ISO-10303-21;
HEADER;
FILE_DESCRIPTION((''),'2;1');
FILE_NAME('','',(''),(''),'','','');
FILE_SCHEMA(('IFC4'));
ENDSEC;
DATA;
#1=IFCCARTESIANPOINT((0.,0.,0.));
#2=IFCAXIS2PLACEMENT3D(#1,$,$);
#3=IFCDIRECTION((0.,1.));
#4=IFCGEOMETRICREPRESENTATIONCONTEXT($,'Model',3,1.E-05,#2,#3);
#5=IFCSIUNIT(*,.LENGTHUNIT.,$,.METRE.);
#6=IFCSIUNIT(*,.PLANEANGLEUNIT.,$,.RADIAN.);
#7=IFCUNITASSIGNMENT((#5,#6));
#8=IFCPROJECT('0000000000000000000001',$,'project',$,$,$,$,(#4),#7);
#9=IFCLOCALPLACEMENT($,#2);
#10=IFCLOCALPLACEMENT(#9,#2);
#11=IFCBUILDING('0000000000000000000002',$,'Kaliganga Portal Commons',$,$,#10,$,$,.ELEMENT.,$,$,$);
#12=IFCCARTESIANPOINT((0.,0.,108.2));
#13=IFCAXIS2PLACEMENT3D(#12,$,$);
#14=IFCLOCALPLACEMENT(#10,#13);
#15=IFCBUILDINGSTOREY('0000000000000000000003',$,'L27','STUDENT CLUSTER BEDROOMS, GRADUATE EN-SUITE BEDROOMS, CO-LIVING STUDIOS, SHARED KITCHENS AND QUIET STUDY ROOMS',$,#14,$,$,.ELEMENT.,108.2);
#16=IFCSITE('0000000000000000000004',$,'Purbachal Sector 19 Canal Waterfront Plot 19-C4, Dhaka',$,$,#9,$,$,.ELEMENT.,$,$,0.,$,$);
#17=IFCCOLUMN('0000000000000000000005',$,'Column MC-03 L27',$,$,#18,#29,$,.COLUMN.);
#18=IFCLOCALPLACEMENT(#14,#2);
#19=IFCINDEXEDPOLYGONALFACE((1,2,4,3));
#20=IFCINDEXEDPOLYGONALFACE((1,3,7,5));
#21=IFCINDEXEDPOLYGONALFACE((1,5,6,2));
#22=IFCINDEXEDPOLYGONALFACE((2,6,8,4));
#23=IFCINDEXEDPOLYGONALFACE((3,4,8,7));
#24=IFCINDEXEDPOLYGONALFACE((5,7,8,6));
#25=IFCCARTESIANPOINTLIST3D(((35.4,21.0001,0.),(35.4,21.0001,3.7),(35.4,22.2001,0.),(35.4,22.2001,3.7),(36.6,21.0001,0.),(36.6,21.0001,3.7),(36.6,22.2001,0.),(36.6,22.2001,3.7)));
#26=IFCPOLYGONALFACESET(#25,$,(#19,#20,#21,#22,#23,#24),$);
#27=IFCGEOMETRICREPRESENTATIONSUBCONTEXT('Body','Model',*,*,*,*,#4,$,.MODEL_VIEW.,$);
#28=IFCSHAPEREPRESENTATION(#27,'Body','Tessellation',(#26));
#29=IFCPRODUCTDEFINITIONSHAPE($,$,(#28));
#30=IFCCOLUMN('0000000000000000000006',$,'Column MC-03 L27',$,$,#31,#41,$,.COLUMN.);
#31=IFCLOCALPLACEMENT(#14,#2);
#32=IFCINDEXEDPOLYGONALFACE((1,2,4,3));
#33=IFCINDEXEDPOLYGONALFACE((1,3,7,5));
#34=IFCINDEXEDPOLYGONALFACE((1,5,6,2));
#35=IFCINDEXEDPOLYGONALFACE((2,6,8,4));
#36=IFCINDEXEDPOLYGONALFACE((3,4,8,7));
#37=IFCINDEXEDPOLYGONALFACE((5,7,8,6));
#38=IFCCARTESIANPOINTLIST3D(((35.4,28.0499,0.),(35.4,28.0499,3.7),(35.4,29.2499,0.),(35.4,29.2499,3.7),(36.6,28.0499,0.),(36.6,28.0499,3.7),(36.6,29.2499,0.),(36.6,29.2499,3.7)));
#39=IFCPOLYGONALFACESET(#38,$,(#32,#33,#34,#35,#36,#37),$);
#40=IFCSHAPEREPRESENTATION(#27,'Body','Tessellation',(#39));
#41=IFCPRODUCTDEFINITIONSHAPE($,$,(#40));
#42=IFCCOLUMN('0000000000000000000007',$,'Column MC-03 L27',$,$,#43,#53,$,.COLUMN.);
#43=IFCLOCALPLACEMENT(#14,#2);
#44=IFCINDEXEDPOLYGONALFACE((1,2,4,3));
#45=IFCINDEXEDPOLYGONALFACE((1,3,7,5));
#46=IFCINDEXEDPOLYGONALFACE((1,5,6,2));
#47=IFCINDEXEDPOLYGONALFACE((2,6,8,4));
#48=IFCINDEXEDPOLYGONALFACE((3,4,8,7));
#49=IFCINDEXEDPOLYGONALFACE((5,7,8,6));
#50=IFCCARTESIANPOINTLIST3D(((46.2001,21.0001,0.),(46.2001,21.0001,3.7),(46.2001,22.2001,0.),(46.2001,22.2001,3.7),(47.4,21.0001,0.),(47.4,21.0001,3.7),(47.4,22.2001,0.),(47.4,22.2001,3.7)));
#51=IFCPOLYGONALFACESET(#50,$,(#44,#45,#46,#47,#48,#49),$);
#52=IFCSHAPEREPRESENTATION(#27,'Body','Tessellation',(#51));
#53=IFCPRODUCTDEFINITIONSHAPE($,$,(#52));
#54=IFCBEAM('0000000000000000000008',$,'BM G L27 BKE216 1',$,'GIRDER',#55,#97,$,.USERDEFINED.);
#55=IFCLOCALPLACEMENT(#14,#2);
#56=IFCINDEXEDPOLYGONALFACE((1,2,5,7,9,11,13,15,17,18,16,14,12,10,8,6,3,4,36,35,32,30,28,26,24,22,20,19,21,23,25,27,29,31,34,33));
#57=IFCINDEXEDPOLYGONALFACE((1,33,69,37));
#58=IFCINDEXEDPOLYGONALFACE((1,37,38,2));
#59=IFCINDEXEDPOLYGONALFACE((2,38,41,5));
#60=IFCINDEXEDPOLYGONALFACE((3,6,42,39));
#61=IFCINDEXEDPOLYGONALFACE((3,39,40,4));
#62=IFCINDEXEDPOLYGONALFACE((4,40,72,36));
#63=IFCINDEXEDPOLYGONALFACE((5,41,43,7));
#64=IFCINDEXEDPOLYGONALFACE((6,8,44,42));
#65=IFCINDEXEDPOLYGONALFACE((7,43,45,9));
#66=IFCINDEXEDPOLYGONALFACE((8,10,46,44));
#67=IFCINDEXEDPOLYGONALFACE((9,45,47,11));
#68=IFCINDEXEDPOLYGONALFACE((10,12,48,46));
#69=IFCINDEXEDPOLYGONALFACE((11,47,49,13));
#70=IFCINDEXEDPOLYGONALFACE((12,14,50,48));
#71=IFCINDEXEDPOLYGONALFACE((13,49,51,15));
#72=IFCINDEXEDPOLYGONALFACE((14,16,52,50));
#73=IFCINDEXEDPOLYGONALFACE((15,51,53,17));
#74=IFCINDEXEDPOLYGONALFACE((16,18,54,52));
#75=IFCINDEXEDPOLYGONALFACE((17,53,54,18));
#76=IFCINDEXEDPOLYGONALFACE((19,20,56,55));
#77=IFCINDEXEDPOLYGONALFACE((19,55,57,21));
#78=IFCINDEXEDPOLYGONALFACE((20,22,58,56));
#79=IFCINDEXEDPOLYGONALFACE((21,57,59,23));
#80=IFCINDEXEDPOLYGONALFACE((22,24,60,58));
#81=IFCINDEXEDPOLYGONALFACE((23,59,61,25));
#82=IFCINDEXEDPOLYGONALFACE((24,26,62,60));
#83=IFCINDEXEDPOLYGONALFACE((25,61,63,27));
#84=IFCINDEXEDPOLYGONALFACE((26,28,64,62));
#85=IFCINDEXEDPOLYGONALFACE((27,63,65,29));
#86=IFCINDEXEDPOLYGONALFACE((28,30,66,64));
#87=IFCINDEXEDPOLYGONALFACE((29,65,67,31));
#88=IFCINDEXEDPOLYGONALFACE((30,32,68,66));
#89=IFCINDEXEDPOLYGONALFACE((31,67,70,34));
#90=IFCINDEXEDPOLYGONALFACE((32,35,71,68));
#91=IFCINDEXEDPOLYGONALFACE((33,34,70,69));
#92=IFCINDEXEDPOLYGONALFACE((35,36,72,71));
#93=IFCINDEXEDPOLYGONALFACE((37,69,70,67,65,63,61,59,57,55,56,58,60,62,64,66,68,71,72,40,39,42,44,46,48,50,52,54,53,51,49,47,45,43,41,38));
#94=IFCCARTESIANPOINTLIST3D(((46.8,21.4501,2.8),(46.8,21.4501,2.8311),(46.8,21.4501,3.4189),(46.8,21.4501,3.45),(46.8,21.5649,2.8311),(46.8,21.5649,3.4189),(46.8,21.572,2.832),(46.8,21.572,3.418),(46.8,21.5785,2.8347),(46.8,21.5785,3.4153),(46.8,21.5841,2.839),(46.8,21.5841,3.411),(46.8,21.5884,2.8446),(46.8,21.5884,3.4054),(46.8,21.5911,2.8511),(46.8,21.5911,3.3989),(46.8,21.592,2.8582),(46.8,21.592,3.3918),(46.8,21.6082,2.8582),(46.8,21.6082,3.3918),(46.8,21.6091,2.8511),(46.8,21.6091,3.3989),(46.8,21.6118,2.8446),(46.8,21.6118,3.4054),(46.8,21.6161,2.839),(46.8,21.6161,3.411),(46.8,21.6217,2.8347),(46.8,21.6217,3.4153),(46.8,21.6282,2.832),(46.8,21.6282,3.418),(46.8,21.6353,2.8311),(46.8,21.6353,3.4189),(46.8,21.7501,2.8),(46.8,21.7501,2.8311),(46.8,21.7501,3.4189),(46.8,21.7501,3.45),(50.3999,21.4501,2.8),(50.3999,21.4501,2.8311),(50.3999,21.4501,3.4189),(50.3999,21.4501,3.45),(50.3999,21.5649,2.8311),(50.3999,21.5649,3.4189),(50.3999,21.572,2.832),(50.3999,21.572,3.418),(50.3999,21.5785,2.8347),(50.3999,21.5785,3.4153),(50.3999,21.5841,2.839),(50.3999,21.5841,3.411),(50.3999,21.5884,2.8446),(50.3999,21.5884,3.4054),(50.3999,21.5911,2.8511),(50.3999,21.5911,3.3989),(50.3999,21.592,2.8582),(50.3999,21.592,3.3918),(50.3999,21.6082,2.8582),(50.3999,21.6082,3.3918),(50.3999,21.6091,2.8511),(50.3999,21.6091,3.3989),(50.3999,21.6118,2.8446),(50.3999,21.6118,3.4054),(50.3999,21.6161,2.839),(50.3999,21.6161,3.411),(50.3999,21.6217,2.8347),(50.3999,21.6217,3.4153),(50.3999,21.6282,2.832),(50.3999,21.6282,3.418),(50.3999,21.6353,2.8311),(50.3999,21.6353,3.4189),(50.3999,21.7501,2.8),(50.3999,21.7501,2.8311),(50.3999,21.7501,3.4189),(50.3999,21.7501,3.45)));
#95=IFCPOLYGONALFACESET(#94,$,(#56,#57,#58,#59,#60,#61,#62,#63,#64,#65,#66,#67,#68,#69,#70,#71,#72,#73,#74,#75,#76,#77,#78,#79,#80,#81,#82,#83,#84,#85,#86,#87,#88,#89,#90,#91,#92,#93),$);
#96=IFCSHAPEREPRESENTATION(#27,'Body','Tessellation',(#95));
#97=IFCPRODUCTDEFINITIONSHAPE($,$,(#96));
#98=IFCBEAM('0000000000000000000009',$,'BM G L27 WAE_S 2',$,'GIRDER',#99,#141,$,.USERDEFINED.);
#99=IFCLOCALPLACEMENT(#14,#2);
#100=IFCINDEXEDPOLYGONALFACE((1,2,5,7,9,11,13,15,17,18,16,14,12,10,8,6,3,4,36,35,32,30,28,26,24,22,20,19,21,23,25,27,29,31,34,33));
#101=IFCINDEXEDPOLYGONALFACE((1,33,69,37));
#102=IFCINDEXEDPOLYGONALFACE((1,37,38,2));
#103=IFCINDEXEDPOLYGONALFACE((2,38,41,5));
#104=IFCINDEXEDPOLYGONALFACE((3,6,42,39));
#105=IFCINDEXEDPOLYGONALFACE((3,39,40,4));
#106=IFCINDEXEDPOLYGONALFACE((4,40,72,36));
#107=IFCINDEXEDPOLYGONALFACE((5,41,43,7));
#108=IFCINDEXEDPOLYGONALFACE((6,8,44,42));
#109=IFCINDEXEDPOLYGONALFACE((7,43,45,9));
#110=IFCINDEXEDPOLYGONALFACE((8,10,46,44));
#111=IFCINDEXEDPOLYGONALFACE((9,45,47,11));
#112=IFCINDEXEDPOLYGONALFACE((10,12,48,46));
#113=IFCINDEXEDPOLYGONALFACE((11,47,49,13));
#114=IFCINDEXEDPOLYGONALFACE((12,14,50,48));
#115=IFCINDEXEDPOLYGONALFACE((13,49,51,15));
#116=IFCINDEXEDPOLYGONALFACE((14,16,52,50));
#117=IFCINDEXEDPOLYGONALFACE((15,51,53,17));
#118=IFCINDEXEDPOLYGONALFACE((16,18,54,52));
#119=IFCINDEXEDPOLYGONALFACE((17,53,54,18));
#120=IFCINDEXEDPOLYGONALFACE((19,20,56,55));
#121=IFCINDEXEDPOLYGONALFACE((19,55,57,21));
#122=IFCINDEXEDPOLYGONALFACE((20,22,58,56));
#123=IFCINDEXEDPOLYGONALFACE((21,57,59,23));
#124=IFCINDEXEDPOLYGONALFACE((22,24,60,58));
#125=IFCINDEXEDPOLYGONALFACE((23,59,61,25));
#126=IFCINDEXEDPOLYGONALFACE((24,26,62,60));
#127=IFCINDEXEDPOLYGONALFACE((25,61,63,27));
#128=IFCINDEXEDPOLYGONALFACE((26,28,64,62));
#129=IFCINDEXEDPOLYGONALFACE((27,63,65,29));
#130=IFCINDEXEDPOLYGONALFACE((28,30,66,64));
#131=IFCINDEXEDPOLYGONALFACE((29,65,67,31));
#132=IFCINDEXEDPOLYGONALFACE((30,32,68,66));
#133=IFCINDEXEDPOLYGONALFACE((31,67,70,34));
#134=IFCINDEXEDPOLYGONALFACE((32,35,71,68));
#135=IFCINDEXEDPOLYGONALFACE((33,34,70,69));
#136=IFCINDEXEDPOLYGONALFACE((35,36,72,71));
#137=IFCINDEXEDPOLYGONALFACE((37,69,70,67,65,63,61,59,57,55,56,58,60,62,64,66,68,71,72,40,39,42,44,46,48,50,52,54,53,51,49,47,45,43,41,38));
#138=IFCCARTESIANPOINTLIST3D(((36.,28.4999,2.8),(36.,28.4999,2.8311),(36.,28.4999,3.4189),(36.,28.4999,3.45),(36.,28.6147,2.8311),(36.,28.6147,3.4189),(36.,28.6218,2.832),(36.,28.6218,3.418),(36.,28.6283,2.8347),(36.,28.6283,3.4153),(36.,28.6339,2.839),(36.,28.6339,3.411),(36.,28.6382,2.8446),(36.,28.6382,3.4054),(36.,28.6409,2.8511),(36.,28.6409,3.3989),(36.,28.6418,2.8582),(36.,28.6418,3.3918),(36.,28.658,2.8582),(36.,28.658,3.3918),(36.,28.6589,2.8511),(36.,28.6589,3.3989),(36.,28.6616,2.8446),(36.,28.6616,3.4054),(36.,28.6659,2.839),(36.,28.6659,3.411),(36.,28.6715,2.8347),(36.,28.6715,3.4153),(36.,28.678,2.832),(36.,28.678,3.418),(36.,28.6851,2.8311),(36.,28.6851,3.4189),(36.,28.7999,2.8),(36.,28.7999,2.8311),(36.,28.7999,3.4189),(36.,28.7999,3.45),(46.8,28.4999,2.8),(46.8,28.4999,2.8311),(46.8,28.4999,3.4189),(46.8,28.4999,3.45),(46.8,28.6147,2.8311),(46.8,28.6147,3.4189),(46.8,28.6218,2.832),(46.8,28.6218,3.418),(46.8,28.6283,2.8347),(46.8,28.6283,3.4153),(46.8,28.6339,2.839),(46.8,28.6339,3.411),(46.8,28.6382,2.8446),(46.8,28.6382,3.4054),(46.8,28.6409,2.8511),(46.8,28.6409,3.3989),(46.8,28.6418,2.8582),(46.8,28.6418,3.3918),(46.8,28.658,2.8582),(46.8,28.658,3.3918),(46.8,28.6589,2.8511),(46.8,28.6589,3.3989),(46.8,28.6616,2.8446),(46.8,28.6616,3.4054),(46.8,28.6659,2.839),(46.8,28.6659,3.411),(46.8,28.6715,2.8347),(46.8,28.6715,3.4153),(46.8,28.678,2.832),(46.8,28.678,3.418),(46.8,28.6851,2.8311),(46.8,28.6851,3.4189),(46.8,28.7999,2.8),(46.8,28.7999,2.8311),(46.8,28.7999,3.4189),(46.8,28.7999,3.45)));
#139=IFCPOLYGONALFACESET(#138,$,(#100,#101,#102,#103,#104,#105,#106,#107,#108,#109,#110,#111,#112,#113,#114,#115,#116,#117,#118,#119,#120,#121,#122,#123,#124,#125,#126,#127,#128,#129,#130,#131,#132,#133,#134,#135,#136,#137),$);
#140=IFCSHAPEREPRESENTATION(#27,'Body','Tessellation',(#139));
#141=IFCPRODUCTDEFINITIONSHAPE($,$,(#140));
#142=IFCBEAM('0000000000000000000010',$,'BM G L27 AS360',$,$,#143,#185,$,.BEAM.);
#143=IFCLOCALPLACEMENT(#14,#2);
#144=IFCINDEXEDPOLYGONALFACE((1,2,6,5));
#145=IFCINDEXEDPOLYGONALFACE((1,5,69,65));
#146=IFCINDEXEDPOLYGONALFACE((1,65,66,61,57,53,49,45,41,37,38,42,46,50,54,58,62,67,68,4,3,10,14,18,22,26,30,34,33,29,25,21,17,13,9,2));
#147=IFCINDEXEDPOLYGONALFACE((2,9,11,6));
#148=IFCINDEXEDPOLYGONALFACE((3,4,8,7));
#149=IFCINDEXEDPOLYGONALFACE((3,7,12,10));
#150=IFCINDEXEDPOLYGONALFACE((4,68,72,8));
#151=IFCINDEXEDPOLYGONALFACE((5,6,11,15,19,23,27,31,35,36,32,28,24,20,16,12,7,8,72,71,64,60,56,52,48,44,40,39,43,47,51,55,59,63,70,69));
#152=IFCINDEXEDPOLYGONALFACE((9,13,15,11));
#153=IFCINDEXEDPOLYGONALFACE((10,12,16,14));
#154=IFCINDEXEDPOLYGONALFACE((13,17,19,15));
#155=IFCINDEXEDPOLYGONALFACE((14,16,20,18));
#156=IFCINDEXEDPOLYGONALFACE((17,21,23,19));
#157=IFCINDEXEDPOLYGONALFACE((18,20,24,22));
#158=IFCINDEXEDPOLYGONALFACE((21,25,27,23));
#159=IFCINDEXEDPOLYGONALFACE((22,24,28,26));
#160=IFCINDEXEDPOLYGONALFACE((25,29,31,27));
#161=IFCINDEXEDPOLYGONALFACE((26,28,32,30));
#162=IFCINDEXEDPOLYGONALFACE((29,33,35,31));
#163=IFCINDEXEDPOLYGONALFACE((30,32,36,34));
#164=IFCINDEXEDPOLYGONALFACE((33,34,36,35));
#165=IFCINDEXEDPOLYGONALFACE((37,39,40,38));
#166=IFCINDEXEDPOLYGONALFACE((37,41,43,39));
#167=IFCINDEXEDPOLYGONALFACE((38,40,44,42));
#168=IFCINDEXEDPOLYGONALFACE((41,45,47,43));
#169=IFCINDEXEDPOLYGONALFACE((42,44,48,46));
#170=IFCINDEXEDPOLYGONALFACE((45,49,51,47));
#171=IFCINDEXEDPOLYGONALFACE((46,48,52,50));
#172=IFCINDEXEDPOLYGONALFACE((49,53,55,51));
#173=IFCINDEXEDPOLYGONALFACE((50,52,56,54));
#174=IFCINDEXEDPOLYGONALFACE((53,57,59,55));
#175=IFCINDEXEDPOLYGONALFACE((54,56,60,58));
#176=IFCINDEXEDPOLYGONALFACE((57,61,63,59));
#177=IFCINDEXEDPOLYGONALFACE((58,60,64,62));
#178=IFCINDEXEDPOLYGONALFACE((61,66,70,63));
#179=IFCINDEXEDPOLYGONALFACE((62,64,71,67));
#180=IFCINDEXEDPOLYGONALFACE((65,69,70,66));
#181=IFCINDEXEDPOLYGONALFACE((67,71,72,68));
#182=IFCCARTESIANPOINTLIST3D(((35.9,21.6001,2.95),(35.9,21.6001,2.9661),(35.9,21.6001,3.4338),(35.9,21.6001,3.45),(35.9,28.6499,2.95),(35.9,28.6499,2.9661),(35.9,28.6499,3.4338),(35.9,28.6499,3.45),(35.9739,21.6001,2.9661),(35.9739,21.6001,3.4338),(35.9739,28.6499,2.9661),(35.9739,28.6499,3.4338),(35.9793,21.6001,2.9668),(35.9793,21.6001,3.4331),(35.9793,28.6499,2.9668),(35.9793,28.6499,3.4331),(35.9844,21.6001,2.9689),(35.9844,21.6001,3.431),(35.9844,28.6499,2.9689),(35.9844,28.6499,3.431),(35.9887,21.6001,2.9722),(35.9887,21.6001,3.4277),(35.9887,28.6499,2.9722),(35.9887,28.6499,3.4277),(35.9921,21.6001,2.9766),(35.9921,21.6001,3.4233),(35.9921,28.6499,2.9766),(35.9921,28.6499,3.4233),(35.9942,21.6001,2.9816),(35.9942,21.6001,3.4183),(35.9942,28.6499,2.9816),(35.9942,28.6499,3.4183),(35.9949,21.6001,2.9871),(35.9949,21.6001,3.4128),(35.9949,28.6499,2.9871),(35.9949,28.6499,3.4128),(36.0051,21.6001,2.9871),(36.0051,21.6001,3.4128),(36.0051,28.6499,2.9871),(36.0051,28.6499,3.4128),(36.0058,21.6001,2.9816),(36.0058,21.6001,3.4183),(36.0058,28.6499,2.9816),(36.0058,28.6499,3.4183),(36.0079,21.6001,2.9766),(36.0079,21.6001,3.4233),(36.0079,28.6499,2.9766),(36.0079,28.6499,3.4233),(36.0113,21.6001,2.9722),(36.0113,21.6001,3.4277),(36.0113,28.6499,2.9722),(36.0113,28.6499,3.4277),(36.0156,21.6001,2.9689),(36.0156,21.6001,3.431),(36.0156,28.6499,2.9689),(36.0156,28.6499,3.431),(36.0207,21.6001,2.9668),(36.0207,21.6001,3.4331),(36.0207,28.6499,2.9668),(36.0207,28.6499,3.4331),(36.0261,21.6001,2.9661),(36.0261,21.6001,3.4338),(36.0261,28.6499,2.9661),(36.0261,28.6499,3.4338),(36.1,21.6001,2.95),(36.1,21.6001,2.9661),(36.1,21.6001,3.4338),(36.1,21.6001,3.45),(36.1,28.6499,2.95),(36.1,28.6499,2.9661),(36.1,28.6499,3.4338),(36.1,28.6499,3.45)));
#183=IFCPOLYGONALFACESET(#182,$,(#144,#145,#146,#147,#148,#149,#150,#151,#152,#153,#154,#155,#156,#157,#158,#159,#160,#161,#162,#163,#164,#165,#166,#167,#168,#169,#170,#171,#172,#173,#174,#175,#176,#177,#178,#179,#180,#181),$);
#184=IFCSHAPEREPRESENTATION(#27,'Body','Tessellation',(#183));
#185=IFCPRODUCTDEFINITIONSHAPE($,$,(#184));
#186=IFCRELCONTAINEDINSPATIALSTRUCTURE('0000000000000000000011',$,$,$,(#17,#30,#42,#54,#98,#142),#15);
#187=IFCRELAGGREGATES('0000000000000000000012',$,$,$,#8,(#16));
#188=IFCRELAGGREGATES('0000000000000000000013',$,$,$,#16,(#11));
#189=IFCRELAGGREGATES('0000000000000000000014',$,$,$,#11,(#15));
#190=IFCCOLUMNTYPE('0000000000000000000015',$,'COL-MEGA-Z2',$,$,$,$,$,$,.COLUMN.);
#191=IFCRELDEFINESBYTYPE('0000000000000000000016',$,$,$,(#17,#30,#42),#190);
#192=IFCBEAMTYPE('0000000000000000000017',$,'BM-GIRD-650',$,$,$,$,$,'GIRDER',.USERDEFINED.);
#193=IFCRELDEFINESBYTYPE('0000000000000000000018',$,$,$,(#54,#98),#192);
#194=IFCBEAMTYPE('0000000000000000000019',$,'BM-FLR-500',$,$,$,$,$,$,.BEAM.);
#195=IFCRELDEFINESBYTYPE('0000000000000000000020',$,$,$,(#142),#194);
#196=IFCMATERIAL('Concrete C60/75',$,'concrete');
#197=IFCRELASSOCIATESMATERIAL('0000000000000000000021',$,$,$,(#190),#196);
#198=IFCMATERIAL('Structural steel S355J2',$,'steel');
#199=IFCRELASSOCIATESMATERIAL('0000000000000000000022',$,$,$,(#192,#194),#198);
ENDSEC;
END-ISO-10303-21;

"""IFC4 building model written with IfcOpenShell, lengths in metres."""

from ifc_helpers import new_model, si_unit, direction, frame, origin, origin_2d, place, context, subcontext, project, spatial, rectangle, i_section, extrude, source, transform, mapped, material, material_profile, profile_set, type_object, element, save


model = new_model("IFC4")

# Units and contexts
model_context = context("Model", 3, precision=1e-05, world=origin(), true_north=direction((0.0, 1.0)))
body_context = subcontext(model_context, "Body", "Model", "MODEL_VIEW")
ifc_project = project(units=[si_unit("LENGTHUNIT", "METRE"), si_unit("PLANEANGLEUNIT", "RADIAN")], contexts=[model_context])

# Site, building, storey
site_placement = place(None, origin())
site = spatial("IfcSite", under=ifc_project, at=site_placement, Name="Purbachal Sector 19 Canal Waterfront Plot 19-C4, Dhaka", CompositionType="ELEMENT", RefElevation=0.0)
building_placement = place(site_placement, origin())
building = spatial("IfcBuilding", under=site, at=building_placement, Name="Kaliganga Portal Commons", CompositionType="ELEMENT")
storey_placement = place(building_placement, frame((0.0, 0.0, 108.2)))
storey = spatial("IfcBuildingStorey", under=building, at=storey_placement, Name="L27", Description="STUDENT CLUSTER BEDROOMS, GRADUATE EN-SUITE BEDROOMS, CO-LIVING STUDIOS, SHARED KITCHENS AND QUIET STUDY ROOMS", CompositionType="ELEMENT", Elevation=108.2)

# Columns
ifc_material_1 = material(Name="Concrete C60/75", Category="concrete")
ifc_material_profile_1 = material_profile(ifc_material_1, rectangle(XDim=1.2, YDim=1.2, at=origin_2d()), Name="RC 1200x1200")
ifc_profile_set_1 = profile_set([ifc_material_profile_1], Name="Concrete C60/75")
column_type = type_object("IfcColumnType", Name="COL-MEGA-Z2", PredefinedType="COLUMN", material=ifc_profile_set_1)
shared_shape_1 = source(origin(), body_context, "Body", "SweptSolid", [
    extrude(rectangle(XDim=1.2, YDim=1.2, at=origin_2d()), origin(), (0.0, 0.0, 1.0), 3.7),
])
for number, where, z_axis, x_axis, name in (
    (1, (36.0, 21.6001, 0.0), (0.0, 0.0, 1.0), (1.0, 0.0, 0.0), "Column MC-03 L27"),
    (2, (36.0, 28.6499, 0.0), (0.0, 0.0, 1.0), (1.0, 0.0, 0.0), "Column MC-03 L27"),
    (3, (46.8, 21.6001, 0.0), (0.0, 0.0, 1.0), (1.0, 0.0, 0.0), "Column MC-03 L27"),
):
    element("IfcColumn", number, at=place(storey_placement, frame(where, z_axis=z_axis, x_axis=x_axis)), inside=storey, type_object=column_type, Name=name, PredefinedType="COLUMN", context=body_context, shape_type="MappedRepresentation", body=[
        mapped(shared_shape_1, transform((0.0, 0.0, 0.0), x_axis=(1.0, 0.0, 0.0), y_axis=(0.0, 1.0, 0.0), z_axis=(0.0, 0.0, 1.0), scale=1.0)),
    ])

# Beams
ifc_material_2 = material(Name="Structural steel S355J2", Category="steel")
ifc_material_profile_2 = material_profile(ifc_material_2, i_section(OverallWidth=0.3, OverallDepth=0.6499, WebThickness=0.0161, FlangeThickness=0.031, FilletRadius=0.0271, at=origin_2d()), Name="HE 650 B")
ifc_profile_set_2 = profile_set([ifc_material_profile_2], Name="Structural steel S355J2 wide-flange")
beam_type_1 = type_object("IfcBeamType", Name="BM-GIRD-650", ElementType="GIRDER", PredefinedType="USERDEFINED", material=ifc_profile_set_2)
shared_shape_2 = source(origin(), body_context, "Body", "SweptSolid", [
    extrude(i_section(OverallWidth=0.3, OverallDepth=0.6499, WebThickness=0.0161, FlangeThickness=0.031, FilletRadius=0.0271, at=origin_2d()), origin(), (0.0, 0.0, 1.0), 3.5999),
])
beam_1_placement = place(storey_placement, frame((46.8, 21.6001, 3.125), z_axis=(1.0, 0.0, 0.0), x_axis=(0.0, 1.0, 0.0)))
element("IfcBeam", 4, at=beam_1_placement, inside=storey, type_object=beam_type_1, Name="BM G L27 BKE216 1", ObjectType="GIRDER", PredefinedType="USERDEFINED", context=body_context, shape_type="MappedRepresentation", body=[
    mapped(shared_shape_2, transform((0.0, 0.0, 0.0), x_axis=(1.0, 0.0, 0.0), y_axis=(0.0, 1.0, 0.0), z_axis=(0.0, 0.0, 1.0), scale=1.0)),
])
shared_shape_3 = source(origin(), body_context, "Body", "SweptSolid", [
    extrude(i_section(OverallWidth=0.3, OverallDepth=0.6499, WebThickness=0.0161, FlangeThickness=0.031, FilletRadius=0.0271, at=origin_2d()), origin(), (0.0, 0.0, 1.0), 10.8),
])
beam_2_placement = place(storey_placement, frame((36.0, 28.6499, 3.125), z_axis=(1.0, 0.0, 0.0), x_axis=(0.0, 1.0, 0.0)))
element("IfcBeam", 5, at=beam_2_placement, inside=storey, type_object=beam_type_1, Name="BM G L27 WAE_S 2", ObjectType="GIRDER", PredefinedType="USERDEFINED", context=body_context, shape_type="MappedRepresentation", body=[
    mapped(shared_shape_3, transform((0.0, 0.0, 0.0), x_axis=(1.0, 0.0, 0.0), y_axis=(0.0, 1.0, 0.0), z_axis=(0.0, 0.0, 1.0), scale=1.0)),
])
ifc_material_profile_3 = material_profile(ifc_material_2, i_section(OverallWidth=0.2, OverallDepth=0.5, WebThickness=0.0103, FlangeThickness=0.0161, FilletRadius=0.021, at=origin_2d()), Name="IPE 500")
ifc_profile_set_3 = profile_set([ifc_material_profile_3], Name="Structural steel S355J2 wide-flange")
beam_type_2 = type_object("IfcBeamType", Name="BM-FLR-500", PredefinedType="BEAM", material=ifc_profile_set_3)
shared_shape_4 = source(origin(), body_context, "Body", "SweptSolid", [
    extrude(i_section(OverallWidth=0.2, OverallDepth=0.5, WebThickness=0.0103, FlangeThickness=0.0161, FilletRadius=0.021, at=origin_2d()), origin(), (0.0, 0.0, 1.0), 7.0498),
])
for number, where, z_axis, x_axis, name in (
    (6, (36.0, 21.6001, 3.2), (0.0, 1.0, 0.0), (-1.0, 0.0, 0.0), "BM G L27 AS360"),
):
    element("IfcBeam", number, at=place(storey_placement, frame(where, z_axis=z_axis, x_axis=x_axis)), inside=storey, type_object=beam_type_2, Name=name, PredefinedType="BEAM", context=body_context, shape_type="MappedRepresentation", body=[
        mapped(shared_shape_4, transform((0.0, 0.0, 0.0), x_axis=(1.0, 0.0, 0.0), y_axis=(0.0, 1.0, 0.0), z_axis=(0.0, 0.0, 1.0), scale=1.0)),
    ])

save(model, "model.ifc")
